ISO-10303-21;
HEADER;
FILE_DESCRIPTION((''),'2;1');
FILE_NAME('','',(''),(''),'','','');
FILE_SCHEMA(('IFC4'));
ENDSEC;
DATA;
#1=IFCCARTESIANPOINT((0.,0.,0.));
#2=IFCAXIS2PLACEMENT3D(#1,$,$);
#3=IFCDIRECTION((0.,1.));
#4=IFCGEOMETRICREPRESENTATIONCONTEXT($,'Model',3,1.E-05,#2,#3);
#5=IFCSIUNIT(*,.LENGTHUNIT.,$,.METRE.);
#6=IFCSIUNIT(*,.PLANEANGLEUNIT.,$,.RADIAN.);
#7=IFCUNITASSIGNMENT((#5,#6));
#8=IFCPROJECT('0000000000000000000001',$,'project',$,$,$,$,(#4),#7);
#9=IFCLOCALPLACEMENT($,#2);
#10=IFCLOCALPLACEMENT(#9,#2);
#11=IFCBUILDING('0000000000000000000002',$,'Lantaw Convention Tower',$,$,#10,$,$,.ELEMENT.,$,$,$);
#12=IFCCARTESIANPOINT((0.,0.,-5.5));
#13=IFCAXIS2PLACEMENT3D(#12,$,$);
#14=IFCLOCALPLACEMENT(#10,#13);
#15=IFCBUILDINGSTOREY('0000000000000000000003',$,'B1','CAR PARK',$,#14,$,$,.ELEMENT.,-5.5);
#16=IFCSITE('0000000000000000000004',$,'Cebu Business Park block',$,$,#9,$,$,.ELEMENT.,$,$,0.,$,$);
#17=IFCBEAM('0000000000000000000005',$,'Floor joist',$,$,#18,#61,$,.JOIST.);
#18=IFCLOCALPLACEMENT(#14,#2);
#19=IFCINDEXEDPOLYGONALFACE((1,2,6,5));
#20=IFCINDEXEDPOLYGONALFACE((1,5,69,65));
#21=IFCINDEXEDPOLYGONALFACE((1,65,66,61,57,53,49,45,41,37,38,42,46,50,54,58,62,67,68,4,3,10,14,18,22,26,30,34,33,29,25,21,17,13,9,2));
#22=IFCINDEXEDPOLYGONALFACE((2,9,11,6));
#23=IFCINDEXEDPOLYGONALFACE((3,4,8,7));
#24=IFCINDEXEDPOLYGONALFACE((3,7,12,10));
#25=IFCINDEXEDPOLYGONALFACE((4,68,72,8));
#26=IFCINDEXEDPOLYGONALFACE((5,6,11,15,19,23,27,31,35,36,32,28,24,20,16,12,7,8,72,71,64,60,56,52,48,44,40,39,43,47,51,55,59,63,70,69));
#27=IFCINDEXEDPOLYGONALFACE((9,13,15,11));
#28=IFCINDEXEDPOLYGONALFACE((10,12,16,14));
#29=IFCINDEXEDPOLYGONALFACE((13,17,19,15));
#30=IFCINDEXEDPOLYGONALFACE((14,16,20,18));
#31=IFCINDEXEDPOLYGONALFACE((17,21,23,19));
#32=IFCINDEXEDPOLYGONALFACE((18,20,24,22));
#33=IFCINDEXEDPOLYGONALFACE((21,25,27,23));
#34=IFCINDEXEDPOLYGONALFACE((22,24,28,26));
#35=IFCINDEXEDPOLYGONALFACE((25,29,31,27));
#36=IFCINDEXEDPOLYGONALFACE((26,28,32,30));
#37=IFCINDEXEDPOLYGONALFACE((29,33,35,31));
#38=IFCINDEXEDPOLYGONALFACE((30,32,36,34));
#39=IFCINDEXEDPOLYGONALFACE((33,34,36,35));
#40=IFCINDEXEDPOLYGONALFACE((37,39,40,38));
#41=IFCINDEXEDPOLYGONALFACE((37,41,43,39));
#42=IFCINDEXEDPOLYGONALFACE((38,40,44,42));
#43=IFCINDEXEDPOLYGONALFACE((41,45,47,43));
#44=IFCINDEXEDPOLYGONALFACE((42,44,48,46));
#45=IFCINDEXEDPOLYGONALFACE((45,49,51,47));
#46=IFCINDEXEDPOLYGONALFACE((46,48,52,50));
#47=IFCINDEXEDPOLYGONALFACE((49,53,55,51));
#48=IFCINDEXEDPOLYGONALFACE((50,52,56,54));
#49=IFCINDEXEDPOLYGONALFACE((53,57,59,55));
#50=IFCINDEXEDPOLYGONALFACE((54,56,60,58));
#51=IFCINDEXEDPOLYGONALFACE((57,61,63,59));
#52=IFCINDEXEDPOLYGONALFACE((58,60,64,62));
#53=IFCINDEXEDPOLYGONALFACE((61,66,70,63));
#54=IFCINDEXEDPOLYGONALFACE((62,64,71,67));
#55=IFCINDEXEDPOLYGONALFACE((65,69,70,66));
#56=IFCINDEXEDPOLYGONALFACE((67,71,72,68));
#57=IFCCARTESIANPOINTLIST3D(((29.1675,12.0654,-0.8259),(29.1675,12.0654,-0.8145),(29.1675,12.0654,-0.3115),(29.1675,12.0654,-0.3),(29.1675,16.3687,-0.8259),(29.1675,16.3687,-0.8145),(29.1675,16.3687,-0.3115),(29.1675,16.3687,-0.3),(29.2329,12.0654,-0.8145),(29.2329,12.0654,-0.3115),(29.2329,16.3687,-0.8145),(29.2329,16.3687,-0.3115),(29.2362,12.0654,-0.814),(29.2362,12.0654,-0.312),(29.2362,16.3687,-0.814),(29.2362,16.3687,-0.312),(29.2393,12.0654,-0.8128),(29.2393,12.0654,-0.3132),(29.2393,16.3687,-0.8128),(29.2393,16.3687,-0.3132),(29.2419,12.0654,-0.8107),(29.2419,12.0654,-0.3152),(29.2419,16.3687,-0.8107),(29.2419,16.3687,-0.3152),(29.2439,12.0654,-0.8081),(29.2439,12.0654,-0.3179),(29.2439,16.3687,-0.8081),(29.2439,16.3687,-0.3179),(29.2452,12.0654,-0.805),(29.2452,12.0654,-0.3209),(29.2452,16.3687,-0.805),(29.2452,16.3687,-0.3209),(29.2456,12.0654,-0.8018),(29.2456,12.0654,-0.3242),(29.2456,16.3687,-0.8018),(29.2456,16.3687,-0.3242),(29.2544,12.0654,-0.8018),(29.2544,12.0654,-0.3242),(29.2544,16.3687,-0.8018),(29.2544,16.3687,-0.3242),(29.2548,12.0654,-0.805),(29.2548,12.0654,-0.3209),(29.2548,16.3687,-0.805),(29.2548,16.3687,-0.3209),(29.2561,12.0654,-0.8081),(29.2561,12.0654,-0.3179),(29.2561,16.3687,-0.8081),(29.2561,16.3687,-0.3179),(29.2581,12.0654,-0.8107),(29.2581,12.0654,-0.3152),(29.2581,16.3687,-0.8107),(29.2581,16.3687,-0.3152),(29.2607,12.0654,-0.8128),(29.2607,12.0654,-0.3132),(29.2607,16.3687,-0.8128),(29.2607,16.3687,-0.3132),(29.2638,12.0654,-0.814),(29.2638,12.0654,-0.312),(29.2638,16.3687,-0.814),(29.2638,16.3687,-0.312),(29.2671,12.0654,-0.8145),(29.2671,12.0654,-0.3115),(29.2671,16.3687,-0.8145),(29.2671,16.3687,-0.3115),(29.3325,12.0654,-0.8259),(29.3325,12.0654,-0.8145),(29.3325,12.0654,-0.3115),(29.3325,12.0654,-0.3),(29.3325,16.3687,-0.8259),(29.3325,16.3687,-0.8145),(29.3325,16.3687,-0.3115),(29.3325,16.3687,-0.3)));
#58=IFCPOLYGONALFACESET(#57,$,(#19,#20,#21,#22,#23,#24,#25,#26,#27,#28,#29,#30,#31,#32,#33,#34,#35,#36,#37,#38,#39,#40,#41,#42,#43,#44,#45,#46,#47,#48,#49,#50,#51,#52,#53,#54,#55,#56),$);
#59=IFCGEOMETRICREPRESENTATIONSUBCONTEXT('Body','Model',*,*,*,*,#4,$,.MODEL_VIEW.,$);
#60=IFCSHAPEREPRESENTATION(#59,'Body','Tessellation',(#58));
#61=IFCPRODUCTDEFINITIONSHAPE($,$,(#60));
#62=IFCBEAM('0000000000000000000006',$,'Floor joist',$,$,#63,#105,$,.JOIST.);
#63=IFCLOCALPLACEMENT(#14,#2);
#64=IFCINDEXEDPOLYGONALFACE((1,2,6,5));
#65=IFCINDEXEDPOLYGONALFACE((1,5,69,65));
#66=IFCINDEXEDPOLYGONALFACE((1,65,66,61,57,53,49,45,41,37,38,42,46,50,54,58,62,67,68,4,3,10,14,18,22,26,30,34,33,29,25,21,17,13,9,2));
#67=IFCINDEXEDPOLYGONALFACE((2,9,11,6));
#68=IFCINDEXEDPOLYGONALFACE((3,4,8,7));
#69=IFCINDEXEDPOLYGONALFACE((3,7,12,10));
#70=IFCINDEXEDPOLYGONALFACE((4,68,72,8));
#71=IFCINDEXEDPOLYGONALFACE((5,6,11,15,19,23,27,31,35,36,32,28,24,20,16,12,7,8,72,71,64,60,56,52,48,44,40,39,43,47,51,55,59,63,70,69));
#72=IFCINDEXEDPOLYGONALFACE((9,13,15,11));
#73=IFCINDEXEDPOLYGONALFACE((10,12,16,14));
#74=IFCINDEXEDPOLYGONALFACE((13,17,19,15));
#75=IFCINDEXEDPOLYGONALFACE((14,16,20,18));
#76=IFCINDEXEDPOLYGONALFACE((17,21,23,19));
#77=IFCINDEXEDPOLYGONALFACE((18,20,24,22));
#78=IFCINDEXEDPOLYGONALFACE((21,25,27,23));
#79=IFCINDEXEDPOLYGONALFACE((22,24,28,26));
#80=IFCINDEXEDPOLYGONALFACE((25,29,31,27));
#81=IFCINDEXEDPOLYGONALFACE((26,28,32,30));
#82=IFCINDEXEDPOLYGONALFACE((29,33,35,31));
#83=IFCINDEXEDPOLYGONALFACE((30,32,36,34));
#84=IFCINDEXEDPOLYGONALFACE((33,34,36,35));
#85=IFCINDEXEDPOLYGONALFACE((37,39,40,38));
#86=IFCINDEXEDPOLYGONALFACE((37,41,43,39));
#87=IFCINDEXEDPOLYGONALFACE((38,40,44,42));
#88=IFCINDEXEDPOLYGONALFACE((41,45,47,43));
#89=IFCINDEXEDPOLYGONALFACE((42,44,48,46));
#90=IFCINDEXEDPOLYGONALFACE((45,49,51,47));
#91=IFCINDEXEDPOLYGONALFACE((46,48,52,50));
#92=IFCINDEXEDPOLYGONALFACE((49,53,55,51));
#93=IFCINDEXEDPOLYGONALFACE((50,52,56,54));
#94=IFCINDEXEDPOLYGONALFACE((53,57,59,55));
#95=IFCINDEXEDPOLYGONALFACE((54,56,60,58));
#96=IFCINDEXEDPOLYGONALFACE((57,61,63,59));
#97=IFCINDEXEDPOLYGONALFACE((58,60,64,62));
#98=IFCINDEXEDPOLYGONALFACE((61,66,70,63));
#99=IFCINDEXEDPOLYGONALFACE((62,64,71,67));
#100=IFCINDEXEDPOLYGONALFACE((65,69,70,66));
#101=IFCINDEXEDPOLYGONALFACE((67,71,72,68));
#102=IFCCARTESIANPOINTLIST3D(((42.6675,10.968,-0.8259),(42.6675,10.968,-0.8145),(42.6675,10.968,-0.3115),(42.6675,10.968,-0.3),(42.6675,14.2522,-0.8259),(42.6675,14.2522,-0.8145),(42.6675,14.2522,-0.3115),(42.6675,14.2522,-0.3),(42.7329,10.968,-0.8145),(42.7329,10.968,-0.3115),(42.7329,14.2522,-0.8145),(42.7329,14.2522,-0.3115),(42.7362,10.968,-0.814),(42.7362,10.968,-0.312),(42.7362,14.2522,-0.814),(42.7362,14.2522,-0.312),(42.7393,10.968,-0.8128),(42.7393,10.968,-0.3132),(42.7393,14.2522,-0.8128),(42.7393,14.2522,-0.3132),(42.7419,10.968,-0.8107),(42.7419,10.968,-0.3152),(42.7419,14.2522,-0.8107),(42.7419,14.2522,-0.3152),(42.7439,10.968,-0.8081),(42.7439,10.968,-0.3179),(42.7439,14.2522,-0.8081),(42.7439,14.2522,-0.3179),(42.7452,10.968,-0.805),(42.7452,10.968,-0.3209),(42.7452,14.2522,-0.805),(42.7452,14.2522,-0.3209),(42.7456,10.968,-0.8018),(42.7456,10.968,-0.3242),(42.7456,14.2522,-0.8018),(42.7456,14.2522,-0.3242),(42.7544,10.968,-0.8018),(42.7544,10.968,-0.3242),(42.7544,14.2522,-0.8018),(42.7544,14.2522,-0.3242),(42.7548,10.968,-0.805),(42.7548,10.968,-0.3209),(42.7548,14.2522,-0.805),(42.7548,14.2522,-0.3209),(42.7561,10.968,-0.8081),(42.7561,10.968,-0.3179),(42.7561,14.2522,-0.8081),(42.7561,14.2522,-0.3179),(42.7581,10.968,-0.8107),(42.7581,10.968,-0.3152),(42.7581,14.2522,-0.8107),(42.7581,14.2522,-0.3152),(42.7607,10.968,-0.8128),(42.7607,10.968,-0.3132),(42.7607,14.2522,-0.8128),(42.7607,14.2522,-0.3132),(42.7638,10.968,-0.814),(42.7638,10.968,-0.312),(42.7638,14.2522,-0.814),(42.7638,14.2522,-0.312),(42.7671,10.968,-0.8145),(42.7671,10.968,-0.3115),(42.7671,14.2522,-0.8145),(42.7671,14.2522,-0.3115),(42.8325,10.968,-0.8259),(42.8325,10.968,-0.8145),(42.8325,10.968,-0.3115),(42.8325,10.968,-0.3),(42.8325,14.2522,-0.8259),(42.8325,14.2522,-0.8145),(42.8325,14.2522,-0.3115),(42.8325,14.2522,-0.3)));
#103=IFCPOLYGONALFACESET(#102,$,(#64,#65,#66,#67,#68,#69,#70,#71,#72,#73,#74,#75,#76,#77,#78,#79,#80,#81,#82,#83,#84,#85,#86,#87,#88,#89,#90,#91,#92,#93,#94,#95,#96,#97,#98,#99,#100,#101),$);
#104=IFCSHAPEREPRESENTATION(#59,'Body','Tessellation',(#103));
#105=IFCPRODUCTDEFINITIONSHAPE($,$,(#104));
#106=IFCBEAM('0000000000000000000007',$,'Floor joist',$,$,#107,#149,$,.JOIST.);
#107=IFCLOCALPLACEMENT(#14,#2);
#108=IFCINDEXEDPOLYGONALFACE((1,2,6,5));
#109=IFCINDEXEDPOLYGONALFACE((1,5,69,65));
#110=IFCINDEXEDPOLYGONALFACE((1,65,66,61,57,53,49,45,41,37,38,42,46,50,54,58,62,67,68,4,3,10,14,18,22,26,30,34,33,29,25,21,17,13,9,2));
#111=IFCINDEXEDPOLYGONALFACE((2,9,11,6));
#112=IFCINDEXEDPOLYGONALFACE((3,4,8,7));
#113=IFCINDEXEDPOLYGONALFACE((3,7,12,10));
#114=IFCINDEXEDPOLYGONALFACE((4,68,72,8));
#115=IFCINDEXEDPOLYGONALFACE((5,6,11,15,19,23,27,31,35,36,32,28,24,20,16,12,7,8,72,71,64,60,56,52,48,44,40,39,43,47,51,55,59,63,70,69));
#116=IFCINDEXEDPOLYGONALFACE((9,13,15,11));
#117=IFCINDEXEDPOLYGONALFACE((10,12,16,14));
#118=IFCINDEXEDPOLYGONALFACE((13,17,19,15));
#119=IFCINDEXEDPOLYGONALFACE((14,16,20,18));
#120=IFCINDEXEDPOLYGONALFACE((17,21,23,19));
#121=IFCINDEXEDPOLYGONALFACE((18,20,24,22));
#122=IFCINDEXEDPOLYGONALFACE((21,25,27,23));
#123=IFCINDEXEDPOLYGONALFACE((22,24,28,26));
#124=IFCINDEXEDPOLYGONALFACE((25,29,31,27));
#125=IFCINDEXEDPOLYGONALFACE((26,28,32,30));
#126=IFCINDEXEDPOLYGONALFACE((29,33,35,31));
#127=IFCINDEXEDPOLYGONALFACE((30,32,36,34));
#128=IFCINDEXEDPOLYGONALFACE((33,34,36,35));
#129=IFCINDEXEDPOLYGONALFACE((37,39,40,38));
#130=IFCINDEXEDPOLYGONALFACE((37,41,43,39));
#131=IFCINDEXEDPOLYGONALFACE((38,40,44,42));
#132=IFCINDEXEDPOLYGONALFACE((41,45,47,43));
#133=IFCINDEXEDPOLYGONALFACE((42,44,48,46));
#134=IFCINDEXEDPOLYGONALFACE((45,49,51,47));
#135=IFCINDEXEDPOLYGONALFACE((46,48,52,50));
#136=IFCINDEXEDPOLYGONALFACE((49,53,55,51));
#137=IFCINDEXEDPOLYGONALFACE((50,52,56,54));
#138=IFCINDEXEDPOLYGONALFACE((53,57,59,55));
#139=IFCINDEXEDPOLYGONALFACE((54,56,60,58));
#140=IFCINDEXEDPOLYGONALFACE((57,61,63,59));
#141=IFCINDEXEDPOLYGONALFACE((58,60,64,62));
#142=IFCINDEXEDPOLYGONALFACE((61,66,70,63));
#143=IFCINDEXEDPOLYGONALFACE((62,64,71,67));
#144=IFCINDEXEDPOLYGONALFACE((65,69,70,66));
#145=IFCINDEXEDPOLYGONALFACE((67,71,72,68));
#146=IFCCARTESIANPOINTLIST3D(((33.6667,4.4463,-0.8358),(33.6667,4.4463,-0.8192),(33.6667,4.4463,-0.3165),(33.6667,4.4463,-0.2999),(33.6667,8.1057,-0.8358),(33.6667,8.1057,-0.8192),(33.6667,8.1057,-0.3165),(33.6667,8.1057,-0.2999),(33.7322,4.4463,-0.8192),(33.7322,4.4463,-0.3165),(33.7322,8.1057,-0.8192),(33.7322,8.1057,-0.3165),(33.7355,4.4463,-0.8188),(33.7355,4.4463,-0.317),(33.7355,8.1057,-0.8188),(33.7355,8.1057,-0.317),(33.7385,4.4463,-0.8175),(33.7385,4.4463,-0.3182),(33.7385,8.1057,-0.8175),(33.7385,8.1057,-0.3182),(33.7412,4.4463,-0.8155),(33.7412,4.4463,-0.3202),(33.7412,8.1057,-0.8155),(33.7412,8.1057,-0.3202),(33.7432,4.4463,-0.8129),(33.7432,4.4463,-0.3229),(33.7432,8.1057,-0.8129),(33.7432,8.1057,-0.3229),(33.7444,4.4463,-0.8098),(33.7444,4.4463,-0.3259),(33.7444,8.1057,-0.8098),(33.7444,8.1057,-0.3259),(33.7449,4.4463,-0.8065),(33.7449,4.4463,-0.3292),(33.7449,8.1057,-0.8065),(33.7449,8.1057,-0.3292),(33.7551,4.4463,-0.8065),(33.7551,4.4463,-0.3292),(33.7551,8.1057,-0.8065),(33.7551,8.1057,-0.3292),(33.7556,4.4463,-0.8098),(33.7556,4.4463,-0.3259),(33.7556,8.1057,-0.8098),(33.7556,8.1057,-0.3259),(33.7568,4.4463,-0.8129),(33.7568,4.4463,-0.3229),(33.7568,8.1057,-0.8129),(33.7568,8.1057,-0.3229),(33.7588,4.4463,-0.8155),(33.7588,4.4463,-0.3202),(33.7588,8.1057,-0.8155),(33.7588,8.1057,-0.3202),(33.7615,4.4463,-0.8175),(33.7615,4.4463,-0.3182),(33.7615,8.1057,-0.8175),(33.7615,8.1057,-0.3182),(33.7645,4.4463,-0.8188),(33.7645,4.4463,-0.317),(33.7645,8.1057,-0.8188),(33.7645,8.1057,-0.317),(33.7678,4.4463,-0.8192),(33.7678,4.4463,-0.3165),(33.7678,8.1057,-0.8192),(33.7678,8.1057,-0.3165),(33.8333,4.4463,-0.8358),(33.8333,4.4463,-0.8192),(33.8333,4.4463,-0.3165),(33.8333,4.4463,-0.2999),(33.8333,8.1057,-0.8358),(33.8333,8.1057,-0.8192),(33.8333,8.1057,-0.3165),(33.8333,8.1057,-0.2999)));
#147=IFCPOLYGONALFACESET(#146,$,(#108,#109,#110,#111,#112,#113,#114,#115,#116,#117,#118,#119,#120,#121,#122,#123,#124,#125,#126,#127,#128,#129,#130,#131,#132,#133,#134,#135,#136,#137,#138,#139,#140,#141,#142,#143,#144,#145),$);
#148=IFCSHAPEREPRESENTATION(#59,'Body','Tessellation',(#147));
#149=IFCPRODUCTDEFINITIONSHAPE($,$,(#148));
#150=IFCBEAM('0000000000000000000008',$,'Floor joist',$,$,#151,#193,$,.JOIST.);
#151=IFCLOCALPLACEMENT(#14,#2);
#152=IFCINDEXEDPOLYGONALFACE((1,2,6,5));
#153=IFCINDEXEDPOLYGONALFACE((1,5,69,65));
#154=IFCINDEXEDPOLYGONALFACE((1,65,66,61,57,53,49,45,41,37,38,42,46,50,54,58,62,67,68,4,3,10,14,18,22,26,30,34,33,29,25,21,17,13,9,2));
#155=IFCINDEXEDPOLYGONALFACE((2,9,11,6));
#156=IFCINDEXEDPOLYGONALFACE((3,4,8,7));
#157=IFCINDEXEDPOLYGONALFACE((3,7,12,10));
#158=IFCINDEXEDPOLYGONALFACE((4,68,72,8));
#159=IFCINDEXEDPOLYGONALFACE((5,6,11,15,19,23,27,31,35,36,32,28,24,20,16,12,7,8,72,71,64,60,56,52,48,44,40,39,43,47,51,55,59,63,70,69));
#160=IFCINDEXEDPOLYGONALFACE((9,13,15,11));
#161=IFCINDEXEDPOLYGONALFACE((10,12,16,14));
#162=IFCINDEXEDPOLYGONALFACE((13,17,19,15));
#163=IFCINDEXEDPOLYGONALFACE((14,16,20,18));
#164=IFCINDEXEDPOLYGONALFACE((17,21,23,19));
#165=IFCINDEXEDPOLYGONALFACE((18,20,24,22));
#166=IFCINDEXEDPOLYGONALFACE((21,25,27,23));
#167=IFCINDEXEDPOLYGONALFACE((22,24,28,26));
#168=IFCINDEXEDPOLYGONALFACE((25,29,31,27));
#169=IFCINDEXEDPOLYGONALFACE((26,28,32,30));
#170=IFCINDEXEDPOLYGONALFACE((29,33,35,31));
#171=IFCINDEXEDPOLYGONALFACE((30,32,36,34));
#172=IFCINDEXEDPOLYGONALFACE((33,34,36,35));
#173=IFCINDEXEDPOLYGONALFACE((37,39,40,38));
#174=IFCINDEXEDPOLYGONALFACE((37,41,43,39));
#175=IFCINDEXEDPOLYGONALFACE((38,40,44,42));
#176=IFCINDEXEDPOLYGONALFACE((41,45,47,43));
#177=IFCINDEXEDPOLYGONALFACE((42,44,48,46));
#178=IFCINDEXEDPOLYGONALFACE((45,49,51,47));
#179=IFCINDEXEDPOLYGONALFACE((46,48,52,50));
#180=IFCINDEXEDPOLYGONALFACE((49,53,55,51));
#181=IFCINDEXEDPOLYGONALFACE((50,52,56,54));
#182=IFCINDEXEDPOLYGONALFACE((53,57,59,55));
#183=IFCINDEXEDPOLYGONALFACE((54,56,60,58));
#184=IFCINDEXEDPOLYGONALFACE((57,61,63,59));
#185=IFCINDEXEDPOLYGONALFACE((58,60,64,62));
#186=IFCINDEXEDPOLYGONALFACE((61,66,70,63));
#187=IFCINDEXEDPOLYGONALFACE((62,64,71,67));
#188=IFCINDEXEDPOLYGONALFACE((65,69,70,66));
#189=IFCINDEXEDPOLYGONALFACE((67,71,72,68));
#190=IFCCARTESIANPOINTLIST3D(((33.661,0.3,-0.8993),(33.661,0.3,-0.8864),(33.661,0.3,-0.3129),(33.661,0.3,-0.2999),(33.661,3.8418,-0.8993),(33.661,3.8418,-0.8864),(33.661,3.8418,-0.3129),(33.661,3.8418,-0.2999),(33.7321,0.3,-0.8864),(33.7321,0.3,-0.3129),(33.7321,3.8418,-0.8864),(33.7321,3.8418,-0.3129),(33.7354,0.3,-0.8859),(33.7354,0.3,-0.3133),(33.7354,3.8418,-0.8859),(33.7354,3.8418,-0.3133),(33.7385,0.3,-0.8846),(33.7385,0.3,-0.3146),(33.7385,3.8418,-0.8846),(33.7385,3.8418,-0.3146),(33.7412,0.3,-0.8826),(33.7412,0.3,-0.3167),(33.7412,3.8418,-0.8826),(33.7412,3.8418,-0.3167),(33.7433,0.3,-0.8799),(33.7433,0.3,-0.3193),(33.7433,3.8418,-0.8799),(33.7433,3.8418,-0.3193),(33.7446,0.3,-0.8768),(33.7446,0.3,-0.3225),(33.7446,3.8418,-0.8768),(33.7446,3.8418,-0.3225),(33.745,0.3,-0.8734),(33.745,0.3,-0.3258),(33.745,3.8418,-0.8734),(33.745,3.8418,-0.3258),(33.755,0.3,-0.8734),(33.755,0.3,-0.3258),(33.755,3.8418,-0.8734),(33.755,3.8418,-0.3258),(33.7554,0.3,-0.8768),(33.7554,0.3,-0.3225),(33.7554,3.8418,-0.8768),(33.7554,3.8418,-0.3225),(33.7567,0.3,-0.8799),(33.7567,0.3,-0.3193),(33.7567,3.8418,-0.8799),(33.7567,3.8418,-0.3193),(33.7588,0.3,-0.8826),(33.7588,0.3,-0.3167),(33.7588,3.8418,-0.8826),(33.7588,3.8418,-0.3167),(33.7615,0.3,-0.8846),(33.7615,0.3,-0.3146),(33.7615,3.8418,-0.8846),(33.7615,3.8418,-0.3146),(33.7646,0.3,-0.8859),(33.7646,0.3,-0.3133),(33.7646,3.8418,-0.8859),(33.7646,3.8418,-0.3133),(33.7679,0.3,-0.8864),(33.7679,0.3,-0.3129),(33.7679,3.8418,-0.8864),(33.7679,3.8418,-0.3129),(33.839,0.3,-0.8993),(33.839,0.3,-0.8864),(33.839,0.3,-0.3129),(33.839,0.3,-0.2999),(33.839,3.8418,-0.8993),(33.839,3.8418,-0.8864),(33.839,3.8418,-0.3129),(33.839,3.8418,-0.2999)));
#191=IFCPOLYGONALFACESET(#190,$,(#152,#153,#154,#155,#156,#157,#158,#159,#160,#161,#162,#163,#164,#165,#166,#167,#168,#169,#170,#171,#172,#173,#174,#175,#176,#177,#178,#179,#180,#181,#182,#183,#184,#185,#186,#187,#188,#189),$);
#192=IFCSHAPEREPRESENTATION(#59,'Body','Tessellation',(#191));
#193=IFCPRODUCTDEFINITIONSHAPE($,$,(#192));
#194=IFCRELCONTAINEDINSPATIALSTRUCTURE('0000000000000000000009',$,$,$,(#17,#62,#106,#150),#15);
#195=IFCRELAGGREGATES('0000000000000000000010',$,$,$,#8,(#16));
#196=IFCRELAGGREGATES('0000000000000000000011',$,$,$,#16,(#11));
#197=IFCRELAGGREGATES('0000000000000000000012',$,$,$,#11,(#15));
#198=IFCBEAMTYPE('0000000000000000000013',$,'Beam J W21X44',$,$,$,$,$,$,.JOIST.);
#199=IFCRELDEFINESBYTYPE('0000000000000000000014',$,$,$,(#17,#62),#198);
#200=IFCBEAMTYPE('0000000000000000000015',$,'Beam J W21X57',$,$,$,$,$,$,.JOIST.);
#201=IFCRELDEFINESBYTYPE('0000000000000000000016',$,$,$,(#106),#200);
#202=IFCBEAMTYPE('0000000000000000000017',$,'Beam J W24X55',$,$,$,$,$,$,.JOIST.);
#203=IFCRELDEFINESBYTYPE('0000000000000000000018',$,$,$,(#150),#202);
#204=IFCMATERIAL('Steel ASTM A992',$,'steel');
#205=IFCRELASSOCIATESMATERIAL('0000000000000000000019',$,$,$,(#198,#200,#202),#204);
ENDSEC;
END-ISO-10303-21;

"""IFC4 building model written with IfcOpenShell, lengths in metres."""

from ifc_helpers import new_model, si_unit, direction, frame, origin, origin_2d, place, context, subcontext, project, spatial, i_section, extrude, material, material_profile, profile_set, type_object, element, save


model = new_model("IFC4")

# Units and contexts
model_context = context("Model", 3, precision=1e-05, world=origin(), true_north=direction((0.0, 1.0)))
body_context = subcontext(model_context, "Body", "Model", "MODEL_VIEW")
ifc_project = project(units=[si_unit("LENGTHUNIT", "METRE"), si_unit("PLANEANGLEUNIT", "RADIAN")], contexts=[model_context])

# Site, building, storey
site_placement = place(None, origin())
site = spatial("IfcSite", under=ifc_project, at=site_placement, Name="Cebu Business Park block", CompositionType="ELEMENT", RefElevation=0.0)
building_placement = place(site_placement, origin())
building = spatial("IfcBuilding", under=site, at=building_placement, Name="Lantaw Convention Tower", CompositionType="ELEMENT")
storey_placement = place(building_placement, frame((0.0, 0.0, -5.5)))
storey = spatial("IfcBuildingStorey", under=building, at=storey_placement, Name="B1", Description="CAR PARK", CompositionType="ELEMENT", Elevation=-5.5)

# Beams
ifc_material_1 = material(Name="Steel ASTM A992", Category="steel")
ifc_material_profile_1 = material_profile(ifc_material_1, i_section(OverallWidth=0.165, OverallDepth=0.5259, WebThickness=0.0088, FlangeThickness=0.0115, FilletRadius=0.0127, at=origin_2d()), Name="W21X44")
ifc_profile_set_1 = profile_set([ifc_material_profile_1], Name="Steel ASTM A992")
beam_type_1 = type_object("IfcBeamType", Name="Beam J W21X44", PredefinedType="JOIST", material=ifc_profile_set_1)
beam_1_placement = place(storey_placement, frame((29.25, 12.0654, -0.563), z_axis=(0.0, 1.0, 0.0), x_axis=(-1.0, 0.0, 0.0)))
element("IfcBeam", 1, at=beam_1_placement, inside=storey, type_object=beam_type_1, Name="Floor joist", PredefinedType="JOIST", context=body_context, shape_type="SweptSolid", body=[
    extrude(i_section(OverallWidth=0.165, OverallDepth=0.5259, WebThickness=0.0088, FlangeThickness=0.0115, FilletRadius=0.0127, at=origin_2d()), origin(), (0.0, 0.0, 1.0), 4.3032),
])
beam_2_placement = place(storey_placement, frame((42.75, 10.968, -0.563), z_axis=(0.0, 1.0, 0.0), x_axis=(-1.0, 0.0, 0.0)))
element("IfcBeam", 2, at=beam_2_placement, inside=storey, type_object=beam_type_1, Name="Floor joist", PredefinedType="JOIST", context=body_context, shape_type="SweptSolid", body=[
    extrude(i_section(OverallWidth=0.165, OverallDepth=0.5259, WebThickness=0.0088, FlangeThickness=0.0115, FilletRadius=0.0127, at=origin_2d()), origin(), (0.0, 0.0, 1.0), 3.2842),
])
ifc_material_profile_2 = material_profile(ifc_material_1, i_section(OverallWidth=0.1665, OverallDepth=0.5359, WebThickness=0.0103, FlangeThickness=0.0166, FilletRadius=0.0127, at=origin_2d()), Name="W21X57")
ifc_profile_set_2 = profile_set([ifc_material_profile_2], Name="Steel ASTM A992")
beam_type_2 = type_object("IfcBeamType", Name="Beam J W21X57", PredefinedType="JOIST", material=ifc_profile_set_2)
beam_3_placement = place(storey_placement, frame((33.75, 4.4463, -0.5679), z_axis=(0.0, 1.0, 0.0), x_axis=(-1.0, 0.0, 0.0)))
element("IfcBeam", 3, at=beam_3_placement, inside=storey, type_object=beam_type_2, Name="Floor joist", PredefinedType="JOIST", context=body_context, shape_type="SweptSolid", body=[
    extrude(i_section(OverallWidth=0.1665, OverallDepth=0.5359, WebThickness=0.0103, FlangeThickness=0.0166, FilletRadius=0.0127, at=origin_2d()), origin(), (0.0, 0.0, 1.0), 3.6594),
])
ifc_material_profile_3 = material_profile(ifc_material_1, i_section(OverallWidth=0.178, OverallDepth=0.5994, WebThickness=0.01, FlangeThickness=0.0129, FilletRadius=0.0129, at=origin_2d()), Name="W24X55")
ifc_profile_set_3 = profile_set([ifc_material_profile_3], Name="Steel ASTM A992")
beam_type_3 = type_object("IfcBeamType", Name="Beam J W24X55", PredefinedType="JOIST", material=ifc_profile_set_3)
beam_4_placement = place(storey_placement, frame((33.75, 0.3, -0.5996), z_axis=(0.0, 1.0, 0.0), x_axis=(-1.0, 0.0, 0.0)))
element("IfcBeam", 4, at=beam_4_placement, inside=storey, type_object=beam_type_3, Name="Floor joist", PredefinedType="JOIST", context=body_context, shape_type="SweptSolid", body=[
    extrude(i_section(OverallWidth=0.178, OverallDepth=0.5994, WebThickness=0.01, FlangeThickness=0.0129, FilletRadius=0.0129, at=origin_2d()), origin(), (0.0, 0.0, 1.0), 3.5417),
])

save(model, "model.ifc")
